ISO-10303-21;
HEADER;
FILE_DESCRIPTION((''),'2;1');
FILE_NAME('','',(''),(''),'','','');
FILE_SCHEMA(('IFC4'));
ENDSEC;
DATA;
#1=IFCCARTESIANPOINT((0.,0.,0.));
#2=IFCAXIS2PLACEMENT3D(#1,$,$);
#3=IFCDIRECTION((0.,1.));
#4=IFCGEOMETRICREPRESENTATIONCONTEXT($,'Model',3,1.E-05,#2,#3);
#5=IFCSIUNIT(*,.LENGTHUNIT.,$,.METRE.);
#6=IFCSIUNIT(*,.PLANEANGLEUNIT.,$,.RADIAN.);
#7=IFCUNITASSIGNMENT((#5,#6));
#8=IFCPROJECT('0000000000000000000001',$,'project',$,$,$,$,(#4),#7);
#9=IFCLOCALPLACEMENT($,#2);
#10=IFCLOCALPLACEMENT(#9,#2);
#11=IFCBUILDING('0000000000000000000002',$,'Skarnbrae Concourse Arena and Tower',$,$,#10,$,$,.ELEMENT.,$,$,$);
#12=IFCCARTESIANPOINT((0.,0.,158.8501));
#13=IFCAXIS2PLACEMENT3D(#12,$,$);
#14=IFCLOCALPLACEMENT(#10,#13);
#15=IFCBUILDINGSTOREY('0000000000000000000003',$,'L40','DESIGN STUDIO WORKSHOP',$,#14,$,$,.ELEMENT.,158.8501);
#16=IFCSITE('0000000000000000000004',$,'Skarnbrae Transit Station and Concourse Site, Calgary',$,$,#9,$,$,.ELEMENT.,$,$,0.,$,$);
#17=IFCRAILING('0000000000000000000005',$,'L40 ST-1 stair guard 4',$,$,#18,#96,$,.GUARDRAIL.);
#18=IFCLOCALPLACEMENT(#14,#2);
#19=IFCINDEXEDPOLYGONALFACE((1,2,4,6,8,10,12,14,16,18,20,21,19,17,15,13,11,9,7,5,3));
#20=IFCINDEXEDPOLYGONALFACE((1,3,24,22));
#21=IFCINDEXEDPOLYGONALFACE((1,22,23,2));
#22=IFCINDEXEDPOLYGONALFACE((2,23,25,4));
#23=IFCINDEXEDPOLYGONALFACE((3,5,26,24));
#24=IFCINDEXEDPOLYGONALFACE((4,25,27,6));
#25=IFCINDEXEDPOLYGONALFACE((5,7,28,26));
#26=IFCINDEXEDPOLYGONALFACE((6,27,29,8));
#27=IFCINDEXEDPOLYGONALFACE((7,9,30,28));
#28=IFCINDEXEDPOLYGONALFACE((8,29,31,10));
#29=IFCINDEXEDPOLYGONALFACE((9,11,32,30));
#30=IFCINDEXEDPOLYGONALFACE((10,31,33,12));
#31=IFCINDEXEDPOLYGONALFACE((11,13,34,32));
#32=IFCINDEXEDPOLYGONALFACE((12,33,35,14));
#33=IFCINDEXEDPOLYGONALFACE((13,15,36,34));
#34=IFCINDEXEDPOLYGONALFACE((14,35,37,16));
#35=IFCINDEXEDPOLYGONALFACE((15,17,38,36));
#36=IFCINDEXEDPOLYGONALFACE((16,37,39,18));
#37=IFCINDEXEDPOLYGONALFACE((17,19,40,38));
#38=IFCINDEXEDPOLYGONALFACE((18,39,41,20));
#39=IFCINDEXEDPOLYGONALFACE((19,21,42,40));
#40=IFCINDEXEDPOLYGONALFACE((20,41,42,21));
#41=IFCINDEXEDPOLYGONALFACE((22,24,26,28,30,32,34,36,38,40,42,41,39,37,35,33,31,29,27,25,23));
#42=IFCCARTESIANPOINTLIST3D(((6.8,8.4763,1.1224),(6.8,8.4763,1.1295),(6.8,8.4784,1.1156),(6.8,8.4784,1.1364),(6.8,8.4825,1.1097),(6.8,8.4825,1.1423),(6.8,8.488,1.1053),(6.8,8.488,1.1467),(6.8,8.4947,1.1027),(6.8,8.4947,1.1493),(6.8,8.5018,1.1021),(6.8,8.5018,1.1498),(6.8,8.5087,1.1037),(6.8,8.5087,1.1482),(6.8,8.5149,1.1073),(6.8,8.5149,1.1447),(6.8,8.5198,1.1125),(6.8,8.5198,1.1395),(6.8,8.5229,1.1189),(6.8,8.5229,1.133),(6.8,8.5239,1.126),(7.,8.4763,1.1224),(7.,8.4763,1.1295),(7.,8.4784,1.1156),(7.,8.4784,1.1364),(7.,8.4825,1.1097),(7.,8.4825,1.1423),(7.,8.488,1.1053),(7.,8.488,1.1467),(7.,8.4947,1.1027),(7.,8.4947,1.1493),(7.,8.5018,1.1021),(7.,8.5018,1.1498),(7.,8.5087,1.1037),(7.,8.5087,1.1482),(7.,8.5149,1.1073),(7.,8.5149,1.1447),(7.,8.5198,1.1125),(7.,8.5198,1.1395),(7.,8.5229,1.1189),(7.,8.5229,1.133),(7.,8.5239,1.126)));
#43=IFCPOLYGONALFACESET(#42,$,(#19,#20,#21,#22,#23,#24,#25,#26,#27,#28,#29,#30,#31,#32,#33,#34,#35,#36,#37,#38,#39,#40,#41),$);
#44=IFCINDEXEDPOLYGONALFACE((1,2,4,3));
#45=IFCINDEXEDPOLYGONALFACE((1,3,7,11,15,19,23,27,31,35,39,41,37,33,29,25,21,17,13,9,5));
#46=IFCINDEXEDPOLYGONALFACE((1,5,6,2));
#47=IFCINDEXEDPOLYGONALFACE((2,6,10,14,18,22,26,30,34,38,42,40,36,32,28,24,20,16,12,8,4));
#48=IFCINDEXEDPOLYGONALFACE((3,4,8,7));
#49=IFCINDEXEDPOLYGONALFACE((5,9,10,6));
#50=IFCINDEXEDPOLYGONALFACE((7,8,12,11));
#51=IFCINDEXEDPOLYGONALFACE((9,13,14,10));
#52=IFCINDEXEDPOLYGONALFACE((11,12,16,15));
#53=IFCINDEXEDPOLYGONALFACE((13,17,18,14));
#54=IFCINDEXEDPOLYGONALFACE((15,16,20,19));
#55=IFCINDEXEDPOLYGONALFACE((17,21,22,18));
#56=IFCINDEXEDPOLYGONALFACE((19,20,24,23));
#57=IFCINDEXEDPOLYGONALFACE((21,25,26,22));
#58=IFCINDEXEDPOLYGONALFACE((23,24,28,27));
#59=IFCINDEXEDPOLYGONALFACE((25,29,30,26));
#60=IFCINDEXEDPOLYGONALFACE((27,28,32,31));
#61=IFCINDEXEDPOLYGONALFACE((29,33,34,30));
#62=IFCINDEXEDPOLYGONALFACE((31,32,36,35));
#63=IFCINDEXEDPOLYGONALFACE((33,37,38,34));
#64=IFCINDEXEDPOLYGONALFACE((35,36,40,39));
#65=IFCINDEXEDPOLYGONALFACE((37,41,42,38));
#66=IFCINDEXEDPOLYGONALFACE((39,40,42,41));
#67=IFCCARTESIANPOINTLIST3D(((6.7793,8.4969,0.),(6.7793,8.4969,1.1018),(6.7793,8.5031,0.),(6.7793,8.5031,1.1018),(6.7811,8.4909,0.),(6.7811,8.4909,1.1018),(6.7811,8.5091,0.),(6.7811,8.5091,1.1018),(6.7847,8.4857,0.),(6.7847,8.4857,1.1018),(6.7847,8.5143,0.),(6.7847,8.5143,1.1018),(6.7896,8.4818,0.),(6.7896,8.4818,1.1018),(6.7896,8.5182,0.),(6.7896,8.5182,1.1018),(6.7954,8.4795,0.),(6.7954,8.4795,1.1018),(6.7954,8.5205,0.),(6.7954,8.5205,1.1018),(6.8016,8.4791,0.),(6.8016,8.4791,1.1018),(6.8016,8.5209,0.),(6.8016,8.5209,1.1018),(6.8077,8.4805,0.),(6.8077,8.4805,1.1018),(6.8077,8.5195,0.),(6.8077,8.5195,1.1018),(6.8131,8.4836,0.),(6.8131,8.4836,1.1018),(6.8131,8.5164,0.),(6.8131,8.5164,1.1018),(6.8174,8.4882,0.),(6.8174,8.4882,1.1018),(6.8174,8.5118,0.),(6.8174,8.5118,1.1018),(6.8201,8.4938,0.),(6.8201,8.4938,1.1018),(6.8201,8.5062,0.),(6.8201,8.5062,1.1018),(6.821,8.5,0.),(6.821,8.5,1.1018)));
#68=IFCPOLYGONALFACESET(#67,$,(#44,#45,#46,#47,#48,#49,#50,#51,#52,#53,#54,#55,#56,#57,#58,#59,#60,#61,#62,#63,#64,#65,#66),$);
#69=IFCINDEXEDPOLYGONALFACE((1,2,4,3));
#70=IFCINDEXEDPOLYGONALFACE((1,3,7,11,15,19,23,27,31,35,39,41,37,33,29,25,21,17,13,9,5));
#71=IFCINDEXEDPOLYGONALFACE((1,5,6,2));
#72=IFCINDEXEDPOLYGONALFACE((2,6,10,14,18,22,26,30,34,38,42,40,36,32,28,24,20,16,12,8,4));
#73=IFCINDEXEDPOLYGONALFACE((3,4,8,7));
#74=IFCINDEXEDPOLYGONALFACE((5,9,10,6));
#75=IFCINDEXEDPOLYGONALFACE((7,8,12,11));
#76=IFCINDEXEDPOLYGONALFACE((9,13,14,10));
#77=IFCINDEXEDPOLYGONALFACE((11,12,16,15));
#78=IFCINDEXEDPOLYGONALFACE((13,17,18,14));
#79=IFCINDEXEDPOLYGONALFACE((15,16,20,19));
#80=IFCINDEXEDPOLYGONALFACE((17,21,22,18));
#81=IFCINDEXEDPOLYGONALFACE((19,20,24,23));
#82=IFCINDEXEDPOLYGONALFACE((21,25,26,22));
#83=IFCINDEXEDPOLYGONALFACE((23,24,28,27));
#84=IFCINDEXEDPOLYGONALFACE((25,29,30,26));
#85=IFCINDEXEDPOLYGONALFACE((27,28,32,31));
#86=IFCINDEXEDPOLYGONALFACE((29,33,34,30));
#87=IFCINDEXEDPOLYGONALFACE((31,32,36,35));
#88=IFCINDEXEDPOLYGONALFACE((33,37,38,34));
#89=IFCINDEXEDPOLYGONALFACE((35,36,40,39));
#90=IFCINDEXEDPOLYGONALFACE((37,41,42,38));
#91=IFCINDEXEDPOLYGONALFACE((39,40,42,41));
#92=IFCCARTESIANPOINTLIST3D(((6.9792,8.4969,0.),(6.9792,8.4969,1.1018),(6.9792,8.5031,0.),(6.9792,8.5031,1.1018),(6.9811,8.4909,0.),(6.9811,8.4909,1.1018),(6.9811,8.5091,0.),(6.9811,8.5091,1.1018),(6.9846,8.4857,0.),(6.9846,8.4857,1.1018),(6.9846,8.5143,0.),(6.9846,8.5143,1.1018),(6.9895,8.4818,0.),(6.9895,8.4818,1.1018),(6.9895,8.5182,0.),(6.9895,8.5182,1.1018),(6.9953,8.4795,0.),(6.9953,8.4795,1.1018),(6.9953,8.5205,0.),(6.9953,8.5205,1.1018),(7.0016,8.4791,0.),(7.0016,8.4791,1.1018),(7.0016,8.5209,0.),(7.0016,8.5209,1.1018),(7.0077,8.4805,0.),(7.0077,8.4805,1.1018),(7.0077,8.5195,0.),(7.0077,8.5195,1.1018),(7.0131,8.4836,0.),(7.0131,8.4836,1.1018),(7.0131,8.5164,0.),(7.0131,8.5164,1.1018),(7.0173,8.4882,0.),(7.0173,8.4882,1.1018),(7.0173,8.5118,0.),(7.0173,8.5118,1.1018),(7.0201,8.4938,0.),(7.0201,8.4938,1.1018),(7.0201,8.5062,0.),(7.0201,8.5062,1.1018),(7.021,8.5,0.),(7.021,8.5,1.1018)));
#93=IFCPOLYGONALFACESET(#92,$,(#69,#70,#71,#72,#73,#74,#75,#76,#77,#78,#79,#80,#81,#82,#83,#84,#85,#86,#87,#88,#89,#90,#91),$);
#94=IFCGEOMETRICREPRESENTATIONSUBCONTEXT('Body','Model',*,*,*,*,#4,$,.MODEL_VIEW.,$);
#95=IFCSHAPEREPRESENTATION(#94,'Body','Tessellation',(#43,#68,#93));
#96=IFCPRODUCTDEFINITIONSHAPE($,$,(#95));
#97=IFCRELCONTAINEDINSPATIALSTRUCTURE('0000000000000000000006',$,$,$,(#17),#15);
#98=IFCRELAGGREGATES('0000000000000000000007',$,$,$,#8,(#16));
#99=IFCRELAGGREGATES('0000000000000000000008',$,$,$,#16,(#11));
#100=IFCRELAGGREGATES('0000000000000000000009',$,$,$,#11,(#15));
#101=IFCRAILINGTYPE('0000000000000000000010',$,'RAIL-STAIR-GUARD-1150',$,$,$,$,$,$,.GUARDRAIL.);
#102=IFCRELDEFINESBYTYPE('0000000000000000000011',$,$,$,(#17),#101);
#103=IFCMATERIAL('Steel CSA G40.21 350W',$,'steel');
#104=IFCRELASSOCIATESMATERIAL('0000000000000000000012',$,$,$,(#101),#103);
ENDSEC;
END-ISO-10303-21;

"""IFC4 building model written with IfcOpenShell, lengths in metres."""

from ifc_helpers import new_model, si_unit, direction, frame, origin, origin_2d, place, context, subcontext, project, spatial, circle, extrude, material, type_object, element, save


model = new_model("IFC4")

# Units and contexts
model_context = context("Model", 3, precision=1e-05, world=origin(), true_north=direction((0.0, 1.0)))
body_context = subcontext(model_context, "Body", "Model", "MODEL_VIEW")
ifc_project = project(units=[si_unit("LENGTHUNIT", "METRE"), si_unit("PLANEANGLEUNIT", "RADIAN")], contexts=[model_context])

# Site, building, storey
site_placement = place(None, origin())
site = spatial("IfcSite", under=ifc_project, at=site_placement, Name="Skarnbrae Transit Station and Concourse Site, Calgary", CompositionType="ELEMENT", RefElevation=0.0)
building_placement = place(site_placement, origin())
building = spatial("IfcBuilding", under=site, at=building_placement, Name="Skarnbrae Concourse Arena and Tower", CompositionType="ELEMENT")
storey_placement = place(building_placement, frame((0.0, 0.0, 158.8501)))
storey = spatial("IfcBuildingStorey", under=building, at=storey_placement, Name="L40", Description="DESIGN STUDIO WORKSHOP", CompositionType="ELEMENT", Elevation=158.8501)

# Railing
ifc_material_1 = material(Name="Steel CSA G40.21 350W", Category="steel")
railing_type_1 = type_object("IfcRailingType", Name="RAIL-STAIR-GUARD-1150", PredefinedType="GUARDRAIL", material=ifc_material_1)
railing_1_placement = place(storey_placement, frame((6.8, 8.5, 0.0)))
element("IfcRailing", 1, at=railing_1_placement, inside=storey, type_object=railing_type_1, Name="L40 ST-1 stair guard 4", PredefinedType="GUARDRAIL", context=body_context, shape_type="SweptSolid", body=[
    extrude(circle(Radius=0.0239, at=origin_2d()), frame((0.0, 0.0, 1.126), z_axis=(1.0, 0.0, 0.0), x_axis=(0.0, 1.0, 0.0)), (0.0, 0.0, 1.0), 0.2),
    extrude(circle(Radius=0.021, at=origin_2d()), origin(), (0.0, 0.0, 1.0), 1.1018),
    extrude(circle(Radius=0.021, at=origin_2d()), frame((0.2, 0.0, 0.0)), (0.0, 0.0, 1.0), 1.1018),
])

save(model, "model.ifc")
